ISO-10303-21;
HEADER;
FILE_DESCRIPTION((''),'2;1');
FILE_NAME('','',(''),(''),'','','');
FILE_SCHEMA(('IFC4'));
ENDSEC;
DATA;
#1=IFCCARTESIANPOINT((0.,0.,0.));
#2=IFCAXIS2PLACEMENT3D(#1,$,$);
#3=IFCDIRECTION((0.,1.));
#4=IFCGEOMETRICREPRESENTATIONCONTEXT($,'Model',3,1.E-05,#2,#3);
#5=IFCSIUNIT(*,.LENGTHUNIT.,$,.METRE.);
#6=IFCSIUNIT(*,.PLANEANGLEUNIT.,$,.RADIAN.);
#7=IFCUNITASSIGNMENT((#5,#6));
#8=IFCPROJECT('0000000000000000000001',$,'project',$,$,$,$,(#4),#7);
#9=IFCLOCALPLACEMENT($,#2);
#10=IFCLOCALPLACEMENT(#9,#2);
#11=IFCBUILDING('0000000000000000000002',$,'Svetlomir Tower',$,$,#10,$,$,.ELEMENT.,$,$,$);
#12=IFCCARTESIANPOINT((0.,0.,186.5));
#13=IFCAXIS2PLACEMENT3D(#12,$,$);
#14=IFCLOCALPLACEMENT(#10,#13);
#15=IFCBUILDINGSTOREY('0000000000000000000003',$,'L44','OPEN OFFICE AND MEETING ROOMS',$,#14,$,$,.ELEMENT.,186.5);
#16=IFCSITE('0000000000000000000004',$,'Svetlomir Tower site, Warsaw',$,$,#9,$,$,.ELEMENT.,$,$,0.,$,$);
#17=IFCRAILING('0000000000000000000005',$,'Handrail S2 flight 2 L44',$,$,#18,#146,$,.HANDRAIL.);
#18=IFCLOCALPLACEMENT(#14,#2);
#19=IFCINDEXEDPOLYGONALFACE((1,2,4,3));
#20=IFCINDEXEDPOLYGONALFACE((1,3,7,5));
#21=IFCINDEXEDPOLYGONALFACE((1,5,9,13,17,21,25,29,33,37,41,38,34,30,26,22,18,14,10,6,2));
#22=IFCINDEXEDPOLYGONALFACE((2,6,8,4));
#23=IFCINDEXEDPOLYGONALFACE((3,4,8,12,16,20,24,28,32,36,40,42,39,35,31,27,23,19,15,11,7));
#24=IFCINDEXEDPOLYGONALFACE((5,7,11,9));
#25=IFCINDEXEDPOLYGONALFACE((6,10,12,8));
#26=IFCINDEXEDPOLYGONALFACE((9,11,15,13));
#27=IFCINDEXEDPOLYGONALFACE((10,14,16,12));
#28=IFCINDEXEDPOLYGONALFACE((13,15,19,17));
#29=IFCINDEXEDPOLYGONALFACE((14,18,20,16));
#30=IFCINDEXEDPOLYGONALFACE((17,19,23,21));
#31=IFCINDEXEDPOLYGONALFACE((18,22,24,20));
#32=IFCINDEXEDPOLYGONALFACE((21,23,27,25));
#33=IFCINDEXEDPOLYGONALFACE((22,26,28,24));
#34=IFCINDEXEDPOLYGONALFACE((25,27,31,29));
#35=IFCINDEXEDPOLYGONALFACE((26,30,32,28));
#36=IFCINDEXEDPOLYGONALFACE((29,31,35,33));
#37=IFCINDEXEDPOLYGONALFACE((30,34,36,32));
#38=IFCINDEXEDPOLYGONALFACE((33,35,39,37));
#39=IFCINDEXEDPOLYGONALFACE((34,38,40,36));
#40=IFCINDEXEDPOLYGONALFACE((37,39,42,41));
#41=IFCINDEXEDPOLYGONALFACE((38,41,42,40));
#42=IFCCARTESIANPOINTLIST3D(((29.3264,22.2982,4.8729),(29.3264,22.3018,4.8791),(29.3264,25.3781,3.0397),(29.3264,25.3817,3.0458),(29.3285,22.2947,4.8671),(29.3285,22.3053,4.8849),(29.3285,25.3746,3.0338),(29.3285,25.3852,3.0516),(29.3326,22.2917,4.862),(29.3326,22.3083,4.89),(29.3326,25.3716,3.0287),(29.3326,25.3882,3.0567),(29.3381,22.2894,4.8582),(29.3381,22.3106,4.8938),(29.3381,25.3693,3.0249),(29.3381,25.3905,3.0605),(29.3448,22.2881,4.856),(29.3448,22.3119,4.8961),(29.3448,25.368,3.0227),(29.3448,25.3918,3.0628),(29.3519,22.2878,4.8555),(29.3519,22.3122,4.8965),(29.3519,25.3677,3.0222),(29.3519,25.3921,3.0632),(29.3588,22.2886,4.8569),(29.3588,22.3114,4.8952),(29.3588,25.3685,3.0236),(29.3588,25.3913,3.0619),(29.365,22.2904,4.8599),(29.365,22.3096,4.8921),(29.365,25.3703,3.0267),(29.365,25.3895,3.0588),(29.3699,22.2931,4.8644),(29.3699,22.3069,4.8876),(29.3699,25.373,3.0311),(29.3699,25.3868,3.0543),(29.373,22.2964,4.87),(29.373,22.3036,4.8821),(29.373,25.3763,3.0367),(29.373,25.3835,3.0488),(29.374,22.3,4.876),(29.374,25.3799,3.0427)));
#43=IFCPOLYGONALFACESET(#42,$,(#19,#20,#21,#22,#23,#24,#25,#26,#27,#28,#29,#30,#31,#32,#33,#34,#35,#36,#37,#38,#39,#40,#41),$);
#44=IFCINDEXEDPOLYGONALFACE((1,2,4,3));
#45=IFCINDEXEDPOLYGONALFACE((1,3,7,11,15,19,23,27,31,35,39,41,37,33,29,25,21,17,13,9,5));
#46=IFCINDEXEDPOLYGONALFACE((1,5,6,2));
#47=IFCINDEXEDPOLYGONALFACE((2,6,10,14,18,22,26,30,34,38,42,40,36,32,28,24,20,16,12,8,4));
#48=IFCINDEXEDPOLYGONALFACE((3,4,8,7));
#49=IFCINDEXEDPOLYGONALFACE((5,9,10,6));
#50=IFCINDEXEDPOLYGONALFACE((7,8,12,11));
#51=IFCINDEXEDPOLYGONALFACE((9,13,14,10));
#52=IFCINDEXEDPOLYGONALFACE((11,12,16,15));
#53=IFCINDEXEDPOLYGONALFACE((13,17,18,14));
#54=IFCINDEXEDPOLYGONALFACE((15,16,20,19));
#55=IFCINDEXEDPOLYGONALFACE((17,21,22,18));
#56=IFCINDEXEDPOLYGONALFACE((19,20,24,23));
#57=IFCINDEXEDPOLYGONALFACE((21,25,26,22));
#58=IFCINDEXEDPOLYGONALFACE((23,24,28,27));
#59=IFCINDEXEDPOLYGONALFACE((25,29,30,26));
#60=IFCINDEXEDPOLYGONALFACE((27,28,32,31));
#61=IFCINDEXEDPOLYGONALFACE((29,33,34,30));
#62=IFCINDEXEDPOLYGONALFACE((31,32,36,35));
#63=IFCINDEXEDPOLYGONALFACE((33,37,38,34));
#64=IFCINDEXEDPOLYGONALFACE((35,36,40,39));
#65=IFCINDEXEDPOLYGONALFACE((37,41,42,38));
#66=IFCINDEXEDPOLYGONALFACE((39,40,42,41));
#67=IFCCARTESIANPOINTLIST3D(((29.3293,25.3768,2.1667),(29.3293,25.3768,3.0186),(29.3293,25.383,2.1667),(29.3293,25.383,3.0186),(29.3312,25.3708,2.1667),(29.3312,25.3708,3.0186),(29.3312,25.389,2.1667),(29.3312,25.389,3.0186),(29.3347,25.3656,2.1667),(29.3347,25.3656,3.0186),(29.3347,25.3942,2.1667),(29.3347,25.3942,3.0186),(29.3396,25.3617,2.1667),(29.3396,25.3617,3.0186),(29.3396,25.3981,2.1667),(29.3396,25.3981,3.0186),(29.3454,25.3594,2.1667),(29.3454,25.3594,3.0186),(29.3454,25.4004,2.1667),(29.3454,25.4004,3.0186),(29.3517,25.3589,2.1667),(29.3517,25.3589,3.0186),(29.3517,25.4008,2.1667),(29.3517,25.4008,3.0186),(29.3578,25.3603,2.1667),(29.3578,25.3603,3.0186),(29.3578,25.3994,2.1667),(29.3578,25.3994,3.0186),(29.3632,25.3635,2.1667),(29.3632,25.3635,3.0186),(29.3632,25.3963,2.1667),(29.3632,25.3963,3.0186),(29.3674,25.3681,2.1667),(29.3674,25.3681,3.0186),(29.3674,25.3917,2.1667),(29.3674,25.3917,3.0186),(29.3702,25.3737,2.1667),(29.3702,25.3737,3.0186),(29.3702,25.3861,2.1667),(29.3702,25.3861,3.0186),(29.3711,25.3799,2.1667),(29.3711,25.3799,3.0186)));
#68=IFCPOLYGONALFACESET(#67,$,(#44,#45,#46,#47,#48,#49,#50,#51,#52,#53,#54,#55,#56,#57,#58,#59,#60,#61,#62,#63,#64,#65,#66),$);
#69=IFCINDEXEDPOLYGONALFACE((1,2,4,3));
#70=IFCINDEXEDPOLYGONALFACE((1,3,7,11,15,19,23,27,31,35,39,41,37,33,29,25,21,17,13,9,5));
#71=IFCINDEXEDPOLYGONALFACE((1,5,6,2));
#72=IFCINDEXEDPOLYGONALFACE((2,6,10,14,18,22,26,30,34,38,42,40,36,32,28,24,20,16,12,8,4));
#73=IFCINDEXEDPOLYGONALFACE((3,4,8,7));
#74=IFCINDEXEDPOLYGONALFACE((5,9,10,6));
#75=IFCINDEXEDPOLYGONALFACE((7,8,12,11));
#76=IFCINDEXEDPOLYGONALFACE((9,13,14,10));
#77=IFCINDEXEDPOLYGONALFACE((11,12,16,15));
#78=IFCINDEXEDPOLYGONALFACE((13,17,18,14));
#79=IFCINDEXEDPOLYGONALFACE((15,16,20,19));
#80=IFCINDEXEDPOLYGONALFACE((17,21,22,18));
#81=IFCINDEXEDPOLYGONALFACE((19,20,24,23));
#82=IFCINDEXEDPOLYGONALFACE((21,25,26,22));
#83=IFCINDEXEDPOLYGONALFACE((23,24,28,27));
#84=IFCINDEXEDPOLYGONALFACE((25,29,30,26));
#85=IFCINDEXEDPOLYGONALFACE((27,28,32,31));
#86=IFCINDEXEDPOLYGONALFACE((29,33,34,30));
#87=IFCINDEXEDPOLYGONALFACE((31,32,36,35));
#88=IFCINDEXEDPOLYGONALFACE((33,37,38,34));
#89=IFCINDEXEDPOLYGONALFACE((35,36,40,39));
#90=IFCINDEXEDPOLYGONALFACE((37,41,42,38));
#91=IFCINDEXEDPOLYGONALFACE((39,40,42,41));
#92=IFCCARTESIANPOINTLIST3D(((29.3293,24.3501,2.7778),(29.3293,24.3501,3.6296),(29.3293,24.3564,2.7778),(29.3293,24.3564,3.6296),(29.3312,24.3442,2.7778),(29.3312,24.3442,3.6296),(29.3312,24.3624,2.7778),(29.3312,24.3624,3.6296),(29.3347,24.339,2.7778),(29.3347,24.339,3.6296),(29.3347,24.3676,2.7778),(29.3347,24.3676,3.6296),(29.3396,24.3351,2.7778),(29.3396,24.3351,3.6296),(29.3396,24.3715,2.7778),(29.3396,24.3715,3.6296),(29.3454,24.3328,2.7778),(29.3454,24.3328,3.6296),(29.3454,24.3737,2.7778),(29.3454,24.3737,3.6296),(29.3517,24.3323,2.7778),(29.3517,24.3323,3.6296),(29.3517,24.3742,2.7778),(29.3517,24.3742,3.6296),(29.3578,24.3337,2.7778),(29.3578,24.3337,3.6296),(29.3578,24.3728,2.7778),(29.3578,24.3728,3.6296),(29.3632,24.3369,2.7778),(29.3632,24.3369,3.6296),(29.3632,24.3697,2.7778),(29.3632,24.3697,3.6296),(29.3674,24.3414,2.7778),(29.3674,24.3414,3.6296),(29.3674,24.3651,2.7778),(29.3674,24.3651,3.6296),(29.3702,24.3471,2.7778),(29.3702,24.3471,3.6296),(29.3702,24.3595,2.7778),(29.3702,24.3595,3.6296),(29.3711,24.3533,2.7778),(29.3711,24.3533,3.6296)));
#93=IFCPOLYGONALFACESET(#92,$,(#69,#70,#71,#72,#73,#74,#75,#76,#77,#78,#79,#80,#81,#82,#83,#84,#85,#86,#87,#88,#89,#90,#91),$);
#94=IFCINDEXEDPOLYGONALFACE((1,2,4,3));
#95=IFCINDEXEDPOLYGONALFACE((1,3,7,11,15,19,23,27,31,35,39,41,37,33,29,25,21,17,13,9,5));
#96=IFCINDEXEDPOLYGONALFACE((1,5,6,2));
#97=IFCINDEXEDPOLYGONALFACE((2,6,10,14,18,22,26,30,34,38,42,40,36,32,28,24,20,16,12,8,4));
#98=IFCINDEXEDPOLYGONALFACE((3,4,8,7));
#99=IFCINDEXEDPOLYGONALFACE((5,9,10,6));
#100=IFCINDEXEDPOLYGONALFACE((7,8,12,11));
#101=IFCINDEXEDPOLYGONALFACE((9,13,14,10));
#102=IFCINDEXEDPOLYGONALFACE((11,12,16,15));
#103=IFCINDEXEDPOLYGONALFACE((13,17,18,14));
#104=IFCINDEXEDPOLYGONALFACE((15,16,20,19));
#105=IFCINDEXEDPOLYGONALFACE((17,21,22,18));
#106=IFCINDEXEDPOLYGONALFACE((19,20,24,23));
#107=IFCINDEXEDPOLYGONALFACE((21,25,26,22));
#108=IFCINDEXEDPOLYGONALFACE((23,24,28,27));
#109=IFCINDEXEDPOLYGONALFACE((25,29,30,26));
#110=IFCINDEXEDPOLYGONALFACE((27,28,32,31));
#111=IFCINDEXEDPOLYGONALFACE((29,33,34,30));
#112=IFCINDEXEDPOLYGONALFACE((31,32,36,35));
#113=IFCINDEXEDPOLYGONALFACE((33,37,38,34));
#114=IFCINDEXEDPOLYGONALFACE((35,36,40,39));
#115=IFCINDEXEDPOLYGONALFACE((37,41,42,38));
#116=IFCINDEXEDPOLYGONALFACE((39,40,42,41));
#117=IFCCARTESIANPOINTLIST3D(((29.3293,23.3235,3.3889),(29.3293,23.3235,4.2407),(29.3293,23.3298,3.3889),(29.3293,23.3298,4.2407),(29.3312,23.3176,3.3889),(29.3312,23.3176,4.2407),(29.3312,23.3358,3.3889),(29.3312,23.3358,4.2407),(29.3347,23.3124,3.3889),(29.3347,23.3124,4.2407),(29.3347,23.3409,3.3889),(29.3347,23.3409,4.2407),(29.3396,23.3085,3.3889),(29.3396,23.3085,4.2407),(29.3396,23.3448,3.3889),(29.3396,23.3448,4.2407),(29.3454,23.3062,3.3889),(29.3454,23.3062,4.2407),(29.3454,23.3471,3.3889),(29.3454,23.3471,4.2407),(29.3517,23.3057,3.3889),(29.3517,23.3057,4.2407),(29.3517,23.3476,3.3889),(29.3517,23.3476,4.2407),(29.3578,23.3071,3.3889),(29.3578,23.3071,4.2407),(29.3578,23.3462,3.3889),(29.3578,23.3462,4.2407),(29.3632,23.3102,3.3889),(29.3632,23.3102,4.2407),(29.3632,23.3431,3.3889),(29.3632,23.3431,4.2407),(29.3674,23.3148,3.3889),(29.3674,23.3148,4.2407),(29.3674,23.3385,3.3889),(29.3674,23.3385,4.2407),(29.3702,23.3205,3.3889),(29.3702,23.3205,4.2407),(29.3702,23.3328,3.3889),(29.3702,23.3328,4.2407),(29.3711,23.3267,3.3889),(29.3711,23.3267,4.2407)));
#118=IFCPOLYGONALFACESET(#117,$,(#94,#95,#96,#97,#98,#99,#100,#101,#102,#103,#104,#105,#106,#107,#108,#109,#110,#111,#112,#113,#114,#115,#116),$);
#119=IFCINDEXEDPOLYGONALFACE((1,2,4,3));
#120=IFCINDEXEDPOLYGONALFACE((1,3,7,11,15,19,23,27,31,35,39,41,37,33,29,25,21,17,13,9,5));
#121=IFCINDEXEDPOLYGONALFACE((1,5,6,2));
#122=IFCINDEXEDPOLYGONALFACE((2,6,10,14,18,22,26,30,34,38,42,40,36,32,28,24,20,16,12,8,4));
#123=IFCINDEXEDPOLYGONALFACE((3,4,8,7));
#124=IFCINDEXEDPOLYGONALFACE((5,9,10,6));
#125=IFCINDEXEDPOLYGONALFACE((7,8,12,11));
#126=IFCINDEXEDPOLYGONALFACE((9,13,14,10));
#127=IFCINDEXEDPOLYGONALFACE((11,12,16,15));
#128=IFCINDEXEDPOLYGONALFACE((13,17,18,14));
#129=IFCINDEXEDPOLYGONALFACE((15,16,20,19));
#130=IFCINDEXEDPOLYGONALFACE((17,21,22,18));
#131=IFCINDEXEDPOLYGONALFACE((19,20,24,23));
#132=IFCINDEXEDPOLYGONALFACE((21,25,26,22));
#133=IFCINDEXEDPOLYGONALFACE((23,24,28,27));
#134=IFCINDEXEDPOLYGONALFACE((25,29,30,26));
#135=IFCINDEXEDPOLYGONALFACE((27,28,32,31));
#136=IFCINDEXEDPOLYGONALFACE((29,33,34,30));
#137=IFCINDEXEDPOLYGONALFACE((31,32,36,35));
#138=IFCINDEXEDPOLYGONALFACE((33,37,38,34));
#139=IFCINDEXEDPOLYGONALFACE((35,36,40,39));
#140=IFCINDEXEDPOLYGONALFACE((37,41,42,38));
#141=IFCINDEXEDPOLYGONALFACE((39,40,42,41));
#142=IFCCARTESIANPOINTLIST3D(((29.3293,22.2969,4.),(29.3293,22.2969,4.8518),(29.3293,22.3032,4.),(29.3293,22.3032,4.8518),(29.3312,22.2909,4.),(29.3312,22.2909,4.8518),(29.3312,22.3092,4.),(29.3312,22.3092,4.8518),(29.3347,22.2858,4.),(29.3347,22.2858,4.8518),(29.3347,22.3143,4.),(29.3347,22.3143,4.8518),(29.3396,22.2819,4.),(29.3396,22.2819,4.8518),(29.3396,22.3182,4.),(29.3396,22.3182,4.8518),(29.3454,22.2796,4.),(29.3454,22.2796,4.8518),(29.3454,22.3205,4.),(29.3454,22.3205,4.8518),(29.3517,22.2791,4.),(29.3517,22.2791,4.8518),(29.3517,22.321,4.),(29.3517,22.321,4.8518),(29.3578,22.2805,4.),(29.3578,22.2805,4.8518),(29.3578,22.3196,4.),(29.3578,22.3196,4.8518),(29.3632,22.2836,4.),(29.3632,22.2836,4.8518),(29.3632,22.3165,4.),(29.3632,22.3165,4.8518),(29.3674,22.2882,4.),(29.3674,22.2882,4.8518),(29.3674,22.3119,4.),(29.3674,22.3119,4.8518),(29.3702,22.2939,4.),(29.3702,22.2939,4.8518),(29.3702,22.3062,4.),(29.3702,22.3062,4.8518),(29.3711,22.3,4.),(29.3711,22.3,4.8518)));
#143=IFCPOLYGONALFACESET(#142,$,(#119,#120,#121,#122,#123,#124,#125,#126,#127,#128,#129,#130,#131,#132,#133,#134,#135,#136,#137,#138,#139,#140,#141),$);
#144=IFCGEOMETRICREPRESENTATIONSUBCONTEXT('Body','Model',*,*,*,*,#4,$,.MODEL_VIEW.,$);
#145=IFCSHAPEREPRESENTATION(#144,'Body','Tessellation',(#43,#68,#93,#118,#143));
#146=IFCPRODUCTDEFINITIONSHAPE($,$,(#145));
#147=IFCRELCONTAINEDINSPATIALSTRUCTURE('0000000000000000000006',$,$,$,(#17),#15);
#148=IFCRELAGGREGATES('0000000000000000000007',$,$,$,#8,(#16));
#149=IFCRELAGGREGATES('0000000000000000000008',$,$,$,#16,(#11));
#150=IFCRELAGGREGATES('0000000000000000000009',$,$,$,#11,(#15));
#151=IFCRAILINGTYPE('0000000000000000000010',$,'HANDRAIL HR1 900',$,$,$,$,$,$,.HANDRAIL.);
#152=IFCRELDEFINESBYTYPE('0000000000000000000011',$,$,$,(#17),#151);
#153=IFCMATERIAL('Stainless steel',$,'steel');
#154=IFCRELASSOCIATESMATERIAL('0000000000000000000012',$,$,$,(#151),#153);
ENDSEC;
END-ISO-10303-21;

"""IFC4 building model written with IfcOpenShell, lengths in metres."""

from ifc_helpers import new_model, si_unit, direction, frame, origin, origin_2d, place, context, subcontext, project, spatial, circle, extrude, material, type_object, element, save


model = new_model("IFC4")

# Units and contexts
model_context = context("Model", 3, precision=1e-05, world=origin(), true_north=direction((0.0, 1.0)))
body_context = subcontext(model_context, "Body", "Model", "MODEL_VIEW")
ifc_project = project(units=[si_unit("LENGTHUNIT", "METRE"), si_unit("PLANEANGLEUNIT", "RADIAN")], contexts=[model_context])

# Site, building, storey
site_placement = place(None, origin())
site = spatial("IfcSite", under=ifc_project, at=site_placement, Name="Svetlomir Tower site, Warsaw", CompositionType="ELEMENT", RefElevation=0.0)
building_placement = place(site_placement, origin())
building = spatial("IfcBuilding", under=site, at=building_placement, Name="Svetlomir Tower", CompositionType="ELEMENT")
storey_placement = place(building_placement, frame((0.0, 0.0, 186.5)))
storey = spatial("IfcBuildingStorey", under=building, at=storey_placement, Name="L44", Description="OPEN OFFICE AND MEETING ROOMS", CompositionType="ELEMENT", Elevation=186.5)

# Railing
ifc_material_1 = material(Name="Stainless steel", Category="steel")
railing_type = type_object("IfcRailingType", Name="HANDRAIL HR1 900", PredefinedType="HANDRAIL", material=ifc_material_1)
railing_1_placement = place(storey_placement, frame((29.3501, 25.3799, 2.1667)))
element("IfcRailing", 1, at=railing_1_placement, inside=storey, type_object=railing_type, Name="Handrail S2 flight 2 L44", PredefinedType="HANDRAIL", context=body_context, shape_type="SweptSolid", body=[
    extrude(circle(Radius=0.0239, at=origin_2d()), frame((0.0, 0.0, 0.876), z_axis=(0.0, -0.859291, 0.511487), x_axis=(1.0, 0.0, 0.0)), (0.0, 0.0, 1.0), 3.5842),
    extrude(circle(Radius=0.021, at=origin_2d()), origin(), (0.0, 0.0, 1.0), 0.8518),
    extrude(circle(Radius=0.021, at=origin_2d()), frame((0.0, -1.0266, 0.6111)), (0.0, 0.0, 1.0), 0.8518),
    extrude(circle(Radius=0.021, at=origin_2d()), frame((0.0, -2.0532, 1.2222)), (0.0, 0.0, 1.0), 0.8518),
    extrude(circle(Radius=0.021, at=origin_2d()), frame((0.0, -3.0798, 1.8333)), (0.0, 0.0, 1.0), 0.8518),
])

save(model, "model.ifc")
